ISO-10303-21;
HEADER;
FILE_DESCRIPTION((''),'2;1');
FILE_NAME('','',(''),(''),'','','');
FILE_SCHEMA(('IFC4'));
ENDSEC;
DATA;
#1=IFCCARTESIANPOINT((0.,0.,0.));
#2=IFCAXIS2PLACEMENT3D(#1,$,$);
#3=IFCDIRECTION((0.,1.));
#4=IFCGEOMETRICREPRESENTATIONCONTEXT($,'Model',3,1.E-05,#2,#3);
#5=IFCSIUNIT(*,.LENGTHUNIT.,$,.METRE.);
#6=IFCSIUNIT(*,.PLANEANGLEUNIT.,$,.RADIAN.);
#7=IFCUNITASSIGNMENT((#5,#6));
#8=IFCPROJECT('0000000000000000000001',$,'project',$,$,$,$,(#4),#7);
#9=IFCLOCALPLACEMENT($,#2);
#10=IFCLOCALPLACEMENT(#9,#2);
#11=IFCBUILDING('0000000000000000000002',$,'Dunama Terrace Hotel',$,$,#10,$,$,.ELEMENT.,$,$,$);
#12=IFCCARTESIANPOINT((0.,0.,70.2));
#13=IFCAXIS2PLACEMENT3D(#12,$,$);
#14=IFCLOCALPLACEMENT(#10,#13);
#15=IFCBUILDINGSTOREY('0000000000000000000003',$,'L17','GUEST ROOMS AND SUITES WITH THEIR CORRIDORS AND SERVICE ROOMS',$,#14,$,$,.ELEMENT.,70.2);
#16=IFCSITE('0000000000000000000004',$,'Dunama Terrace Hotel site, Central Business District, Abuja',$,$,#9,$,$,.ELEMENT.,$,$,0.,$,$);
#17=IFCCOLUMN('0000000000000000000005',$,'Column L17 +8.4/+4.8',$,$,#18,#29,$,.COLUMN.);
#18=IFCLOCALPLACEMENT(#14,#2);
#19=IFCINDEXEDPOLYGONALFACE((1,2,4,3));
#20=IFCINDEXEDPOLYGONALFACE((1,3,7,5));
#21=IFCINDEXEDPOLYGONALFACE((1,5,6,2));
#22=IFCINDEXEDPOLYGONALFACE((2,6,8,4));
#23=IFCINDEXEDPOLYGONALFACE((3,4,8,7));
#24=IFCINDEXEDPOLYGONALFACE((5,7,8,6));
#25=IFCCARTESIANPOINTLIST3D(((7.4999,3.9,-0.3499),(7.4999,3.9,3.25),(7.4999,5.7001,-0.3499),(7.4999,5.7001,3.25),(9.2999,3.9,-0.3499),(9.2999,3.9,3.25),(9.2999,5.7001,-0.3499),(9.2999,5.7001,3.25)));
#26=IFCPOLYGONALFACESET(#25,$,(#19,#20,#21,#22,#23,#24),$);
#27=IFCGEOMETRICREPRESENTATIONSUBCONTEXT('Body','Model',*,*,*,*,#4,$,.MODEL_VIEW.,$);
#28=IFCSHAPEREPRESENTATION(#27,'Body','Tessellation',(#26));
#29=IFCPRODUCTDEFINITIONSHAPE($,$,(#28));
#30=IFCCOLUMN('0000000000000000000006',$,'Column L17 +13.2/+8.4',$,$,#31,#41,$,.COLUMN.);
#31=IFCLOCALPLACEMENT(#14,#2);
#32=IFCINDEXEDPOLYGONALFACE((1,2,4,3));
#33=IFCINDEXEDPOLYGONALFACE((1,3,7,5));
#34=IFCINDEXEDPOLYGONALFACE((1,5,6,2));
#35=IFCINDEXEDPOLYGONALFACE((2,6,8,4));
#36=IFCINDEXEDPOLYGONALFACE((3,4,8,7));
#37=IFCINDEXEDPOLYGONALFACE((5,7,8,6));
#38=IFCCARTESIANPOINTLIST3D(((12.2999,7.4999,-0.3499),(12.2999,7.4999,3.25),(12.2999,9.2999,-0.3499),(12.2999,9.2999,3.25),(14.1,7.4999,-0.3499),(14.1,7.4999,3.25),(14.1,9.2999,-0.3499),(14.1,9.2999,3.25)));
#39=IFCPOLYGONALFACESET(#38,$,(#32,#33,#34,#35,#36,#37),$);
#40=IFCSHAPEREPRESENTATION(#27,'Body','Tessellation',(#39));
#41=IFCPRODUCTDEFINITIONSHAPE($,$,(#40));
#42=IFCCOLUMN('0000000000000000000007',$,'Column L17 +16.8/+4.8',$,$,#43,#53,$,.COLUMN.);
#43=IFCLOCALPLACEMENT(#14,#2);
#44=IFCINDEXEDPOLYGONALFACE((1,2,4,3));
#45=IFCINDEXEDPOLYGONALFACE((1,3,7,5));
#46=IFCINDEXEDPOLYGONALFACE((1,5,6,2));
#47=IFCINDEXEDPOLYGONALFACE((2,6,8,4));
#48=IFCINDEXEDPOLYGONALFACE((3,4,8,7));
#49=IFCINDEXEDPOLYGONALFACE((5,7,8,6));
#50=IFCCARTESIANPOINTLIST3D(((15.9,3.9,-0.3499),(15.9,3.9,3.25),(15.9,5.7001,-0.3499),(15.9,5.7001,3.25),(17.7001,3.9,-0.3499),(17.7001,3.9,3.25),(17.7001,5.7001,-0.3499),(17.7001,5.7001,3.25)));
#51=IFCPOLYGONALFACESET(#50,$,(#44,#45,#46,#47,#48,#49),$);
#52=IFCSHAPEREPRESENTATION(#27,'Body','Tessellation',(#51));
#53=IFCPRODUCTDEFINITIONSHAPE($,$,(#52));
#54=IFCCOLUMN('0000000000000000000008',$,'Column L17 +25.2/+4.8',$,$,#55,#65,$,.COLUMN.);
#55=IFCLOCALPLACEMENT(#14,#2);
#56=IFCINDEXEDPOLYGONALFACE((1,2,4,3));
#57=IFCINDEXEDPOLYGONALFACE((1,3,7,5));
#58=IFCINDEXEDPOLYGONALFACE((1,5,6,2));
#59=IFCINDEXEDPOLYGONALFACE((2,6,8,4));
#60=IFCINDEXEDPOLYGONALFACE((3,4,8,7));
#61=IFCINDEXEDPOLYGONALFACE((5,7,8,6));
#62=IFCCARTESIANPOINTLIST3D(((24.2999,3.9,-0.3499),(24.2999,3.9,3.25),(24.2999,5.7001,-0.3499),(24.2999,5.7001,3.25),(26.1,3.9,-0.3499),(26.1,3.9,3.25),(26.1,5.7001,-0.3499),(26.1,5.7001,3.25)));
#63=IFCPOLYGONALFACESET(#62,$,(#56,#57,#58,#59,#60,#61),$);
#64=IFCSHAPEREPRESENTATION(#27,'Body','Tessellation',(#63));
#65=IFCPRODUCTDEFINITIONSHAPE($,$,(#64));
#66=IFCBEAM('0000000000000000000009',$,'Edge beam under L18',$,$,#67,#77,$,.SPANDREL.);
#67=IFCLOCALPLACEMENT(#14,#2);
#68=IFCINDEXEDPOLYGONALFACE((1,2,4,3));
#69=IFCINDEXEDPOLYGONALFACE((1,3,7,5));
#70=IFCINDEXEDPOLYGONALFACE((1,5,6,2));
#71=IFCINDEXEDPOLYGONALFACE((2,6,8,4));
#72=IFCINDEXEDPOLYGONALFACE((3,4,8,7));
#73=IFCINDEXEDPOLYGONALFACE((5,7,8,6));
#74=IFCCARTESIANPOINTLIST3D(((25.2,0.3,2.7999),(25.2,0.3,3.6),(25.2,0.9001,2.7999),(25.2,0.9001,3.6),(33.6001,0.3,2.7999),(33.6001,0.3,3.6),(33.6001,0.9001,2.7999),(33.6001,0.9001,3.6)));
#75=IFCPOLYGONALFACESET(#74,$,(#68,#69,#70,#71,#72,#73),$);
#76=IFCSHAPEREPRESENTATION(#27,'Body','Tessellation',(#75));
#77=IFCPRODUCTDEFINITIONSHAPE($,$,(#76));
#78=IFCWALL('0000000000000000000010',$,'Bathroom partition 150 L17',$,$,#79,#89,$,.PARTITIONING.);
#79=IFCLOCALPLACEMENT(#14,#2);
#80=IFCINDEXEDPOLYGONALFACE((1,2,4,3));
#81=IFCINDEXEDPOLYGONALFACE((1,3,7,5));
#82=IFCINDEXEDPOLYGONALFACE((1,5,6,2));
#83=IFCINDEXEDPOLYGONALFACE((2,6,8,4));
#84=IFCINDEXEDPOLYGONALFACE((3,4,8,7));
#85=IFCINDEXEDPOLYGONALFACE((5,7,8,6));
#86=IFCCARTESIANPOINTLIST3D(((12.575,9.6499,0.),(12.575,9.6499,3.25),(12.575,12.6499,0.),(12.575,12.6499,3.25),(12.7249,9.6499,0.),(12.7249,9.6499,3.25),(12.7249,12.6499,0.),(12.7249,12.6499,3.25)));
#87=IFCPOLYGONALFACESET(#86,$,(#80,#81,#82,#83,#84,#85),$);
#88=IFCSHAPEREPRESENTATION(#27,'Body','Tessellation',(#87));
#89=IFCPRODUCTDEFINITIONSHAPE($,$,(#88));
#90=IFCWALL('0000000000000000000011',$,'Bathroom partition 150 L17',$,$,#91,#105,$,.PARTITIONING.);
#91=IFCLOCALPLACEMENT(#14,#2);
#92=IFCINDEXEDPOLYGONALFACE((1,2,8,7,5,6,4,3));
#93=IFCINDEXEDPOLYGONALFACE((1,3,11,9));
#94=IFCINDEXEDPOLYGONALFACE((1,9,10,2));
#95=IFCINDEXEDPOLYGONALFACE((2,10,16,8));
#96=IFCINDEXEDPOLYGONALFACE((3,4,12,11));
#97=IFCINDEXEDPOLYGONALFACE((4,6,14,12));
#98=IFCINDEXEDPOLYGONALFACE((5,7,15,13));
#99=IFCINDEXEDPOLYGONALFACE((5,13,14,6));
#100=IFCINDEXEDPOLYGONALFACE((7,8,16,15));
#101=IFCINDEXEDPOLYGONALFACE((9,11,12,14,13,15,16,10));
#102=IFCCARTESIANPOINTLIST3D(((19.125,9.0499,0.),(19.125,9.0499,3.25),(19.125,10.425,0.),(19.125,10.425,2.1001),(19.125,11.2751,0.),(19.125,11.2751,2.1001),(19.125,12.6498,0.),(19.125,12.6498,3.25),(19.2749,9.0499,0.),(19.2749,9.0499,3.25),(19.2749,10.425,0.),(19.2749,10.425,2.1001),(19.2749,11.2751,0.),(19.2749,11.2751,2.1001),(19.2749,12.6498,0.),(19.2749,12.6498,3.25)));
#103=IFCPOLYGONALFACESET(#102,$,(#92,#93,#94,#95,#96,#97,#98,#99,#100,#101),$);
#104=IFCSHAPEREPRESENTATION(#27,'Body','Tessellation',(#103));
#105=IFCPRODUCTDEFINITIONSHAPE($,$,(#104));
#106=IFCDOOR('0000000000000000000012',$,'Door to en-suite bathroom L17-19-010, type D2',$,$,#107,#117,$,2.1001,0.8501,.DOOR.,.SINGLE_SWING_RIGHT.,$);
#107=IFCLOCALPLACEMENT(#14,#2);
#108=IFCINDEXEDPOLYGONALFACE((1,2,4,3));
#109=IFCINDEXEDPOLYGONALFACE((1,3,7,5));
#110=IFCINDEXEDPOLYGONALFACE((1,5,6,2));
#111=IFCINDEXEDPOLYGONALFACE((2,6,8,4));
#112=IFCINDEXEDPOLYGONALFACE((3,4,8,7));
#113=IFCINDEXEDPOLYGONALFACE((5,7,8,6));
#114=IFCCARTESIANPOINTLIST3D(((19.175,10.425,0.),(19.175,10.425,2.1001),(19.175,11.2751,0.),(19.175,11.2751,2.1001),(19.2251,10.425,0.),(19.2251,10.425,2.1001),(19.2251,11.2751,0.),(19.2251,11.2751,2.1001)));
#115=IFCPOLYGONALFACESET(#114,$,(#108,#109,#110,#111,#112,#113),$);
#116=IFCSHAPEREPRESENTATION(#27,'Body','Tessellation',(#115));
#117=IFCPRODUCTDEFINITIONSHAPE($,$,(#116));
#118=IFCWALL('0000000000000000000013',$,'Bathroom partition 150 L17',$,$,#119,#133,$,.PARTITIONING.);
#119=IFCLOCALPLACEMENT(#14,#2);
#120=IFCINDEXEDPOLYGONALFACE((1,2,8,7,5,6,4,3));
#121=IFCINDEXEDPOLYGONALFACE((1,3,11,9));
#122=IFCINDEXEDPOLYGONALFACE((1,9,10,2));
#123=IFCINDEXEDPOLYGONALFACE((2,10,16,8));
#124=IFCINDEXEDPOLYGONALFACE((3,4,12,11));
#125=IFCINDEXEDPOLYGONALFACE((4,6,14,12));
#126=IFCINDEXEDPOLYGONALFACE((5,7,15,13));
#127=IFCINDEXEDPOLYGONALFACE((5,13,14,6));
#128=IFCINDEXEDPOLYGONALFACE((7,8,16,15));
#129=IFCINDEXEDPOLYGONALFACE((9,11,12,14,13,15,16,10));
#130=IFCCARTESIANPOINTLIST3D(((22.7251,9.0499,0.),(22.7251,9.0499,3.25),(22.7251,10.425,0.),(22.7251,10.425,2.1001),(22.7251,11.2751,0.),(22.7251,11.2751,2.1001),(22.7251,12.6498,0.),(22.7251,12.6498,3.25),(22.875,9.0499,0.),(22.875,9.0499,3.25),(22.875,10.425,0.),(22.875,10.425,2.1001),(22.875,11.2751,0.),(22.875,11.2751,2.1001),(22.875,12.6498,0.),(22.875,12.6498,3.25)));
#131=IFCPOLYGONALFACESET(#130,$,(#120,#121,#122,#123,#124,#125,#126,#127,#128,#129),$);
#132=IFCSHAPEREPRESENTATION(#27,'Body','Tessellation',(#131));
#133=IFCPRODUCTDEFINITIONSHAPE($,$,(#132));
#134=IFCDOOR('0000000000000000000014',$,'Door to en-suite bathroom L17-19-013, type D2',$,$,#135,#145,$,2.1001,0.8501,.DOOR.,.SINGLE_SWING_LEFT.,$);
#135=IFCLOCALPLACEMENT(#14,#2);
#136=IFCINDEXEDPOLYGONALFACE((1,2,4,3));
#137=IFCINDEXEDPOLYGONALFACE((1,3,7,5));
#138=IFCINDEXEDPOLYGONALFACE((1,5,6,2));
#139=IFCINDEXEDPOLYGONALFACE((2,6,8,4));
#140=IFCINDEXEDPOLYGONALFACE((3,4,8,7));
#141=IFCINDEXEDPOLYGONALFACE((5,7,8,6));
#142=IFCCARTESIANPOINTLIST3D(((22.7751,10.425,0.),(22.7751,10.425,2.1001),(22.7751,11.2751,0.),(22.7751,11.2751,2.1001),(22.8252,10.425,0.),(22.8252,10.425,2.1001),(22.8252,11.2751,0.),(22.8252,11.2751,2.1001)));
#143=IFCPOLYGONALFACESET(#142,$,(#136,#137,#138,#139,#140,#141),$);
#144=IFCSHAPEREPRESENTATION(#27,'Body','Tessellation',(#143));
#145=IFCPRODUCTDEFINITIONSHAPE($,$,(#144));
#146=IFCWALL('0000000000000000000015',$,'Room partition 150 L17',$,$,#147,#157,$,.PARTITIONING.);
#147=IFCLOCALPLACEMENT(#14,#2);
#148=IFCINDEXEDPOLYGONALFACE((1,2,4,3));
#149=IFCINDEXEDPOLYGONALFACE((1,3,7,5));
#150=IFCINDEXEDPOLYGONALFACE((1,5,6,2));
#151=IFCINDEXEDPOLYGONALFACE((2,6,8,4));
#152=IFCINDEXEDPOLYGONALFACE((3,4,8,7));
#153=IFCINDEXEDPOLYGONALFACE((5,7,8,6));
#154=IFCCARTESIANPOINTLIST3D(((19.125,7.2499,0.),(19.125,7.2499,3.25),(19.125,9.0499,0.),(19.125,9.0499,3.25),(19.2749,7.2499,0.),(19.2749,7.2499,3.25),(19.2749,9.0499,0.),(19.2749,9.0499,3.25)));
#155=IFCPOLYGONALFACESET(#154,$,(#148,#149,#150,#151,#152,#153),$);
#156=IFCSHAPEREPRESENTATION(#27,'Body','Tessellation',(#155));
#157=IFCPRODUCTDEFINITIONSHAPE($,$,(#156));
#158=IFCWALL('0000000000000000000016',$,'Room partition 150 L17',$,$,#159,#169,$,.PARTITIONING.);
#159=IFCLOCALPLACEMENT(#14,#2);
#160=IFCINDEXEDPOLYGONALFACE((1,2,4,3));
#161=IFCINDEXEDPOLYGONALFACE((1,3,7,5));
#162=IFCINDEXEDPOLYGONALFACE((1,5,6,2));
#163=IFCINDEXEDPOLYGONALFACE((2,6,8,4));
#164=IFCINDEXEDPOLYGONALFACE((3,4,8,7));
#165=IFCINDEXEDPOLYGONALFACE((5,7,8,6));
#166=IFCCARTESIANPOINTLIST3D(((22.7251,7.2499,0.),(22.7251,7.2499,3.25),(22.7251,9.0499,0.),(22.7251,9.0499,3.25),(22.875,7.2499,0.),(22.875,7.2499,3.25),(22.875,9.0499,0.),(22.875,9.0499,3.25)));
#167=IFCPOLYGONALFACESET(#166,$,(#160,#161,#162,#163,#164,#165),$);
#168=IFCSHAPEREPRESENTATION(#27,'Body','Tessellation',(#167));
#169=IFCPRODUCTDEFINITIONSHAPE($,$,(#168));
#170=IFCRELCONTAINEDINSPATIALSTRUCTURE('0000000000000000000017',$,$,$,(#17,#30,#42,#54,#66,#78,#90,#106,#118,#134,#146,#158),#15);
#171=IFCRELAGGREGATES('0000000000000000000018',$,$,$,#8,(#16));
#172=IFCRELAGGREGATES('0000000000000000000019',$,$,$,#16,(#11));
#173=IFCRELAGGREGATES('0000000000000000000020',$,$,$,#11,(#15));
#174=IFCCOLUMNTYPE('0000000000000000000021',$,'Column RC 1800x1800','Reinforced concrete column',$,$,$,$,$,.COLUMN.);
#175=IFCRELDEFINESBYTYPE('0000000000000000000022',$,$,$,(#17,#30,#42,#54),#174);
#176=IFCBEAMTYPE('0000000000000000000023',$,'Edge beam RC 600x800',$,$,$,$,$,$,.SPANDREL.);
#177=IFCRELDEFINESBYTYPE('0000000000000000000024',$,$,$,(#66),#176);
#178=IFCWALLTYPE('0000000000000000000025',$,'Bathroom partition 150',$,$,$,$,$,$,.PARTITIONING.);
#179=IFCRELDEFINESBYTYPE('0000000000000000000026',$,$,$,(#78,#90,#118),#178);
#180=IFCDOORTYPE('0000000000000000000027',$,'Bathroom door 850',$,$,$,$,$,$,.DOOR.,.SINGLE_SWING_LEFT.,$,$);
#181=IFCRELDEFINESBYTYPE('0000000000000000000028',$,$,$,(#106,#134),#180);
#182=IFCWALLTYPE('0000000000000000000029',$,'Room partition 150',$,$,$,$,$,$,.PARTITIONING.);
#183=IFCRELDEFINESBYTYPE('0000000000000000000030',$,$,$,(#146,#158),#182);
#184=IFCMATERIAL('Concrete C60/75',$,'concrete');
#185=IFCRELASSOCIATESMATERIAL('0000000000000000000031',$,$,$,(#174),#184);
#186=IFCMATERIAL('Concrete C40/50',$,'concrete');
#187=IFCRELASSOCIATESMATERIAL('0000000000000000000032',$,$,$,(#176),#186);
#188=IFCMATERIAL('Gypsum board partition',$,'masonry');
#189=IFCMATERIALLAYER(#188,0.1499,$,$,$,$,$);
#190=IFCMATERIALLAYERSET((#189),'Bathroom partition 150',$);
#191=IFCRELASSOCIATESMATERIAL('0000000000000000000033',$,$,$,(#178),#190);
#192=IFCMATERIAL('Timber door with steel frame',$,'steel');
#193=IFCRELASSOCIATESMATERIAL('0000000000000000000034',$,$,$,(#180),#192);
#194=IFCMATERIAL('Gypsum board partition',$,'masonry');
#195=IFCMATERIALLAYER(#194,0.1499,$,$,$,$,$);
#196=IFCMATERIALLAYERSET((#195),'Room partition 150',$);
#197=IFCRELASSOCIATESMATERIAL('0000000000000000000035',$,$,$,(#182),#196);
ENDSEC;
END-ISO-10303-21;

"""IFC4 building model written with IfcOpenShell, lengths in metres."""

from ifc_helpers import new_model, si_unit, direction, frame, frame_2d, origin, origin_2d, place, context, subcontext, project, spatial, rectangle, extrude, material, layer, layer_set, material_profile, profile_set, type_object, element, fill, save


model = new_model("IFC4")

# Units and contexts
model_context = context("Model", 3, precision=1e-05, world=origin(), true_north=direction((0.0, 1.0)))
body_context = subcontext(model_context, "Body", "Model", "MODEL_VIEW")
ifc_project = project(units=[si_unit("LENGTHUNIT", "METRE"), si_unit("PLANEANGLEUNIT", "RADIAN")], contexts=[model_context])

# Site, building, storey
site_placement = place(None, origin())
site = spatial("IfcSite", under=ifc_project, at=site_placement, Name="Dunama Terrace Hotel site, Central Business District, Abuja", CompositionType="ELEMENT", RefElevation=0.0)
building_placement = place(site_placement, origin())
building = spatial("IfcBuilding", under=site, at=building_placement, Name="Dunama Terrace Hotel", CompositionType="ELEMENT")
storey_placement = place(building_placement, frame((0.0, 0.0, 70.2)))
storey = spatial("IfcBuildingStorey", under=building, at=storey_placement, Name="L17", Description="GUEST ROOMS AND SUITES WITH THEIR CORRIDORS AND SERVICE ROOMS", CompositionType="ELEMENT", Elevation=70.2)

# Columns
ifc_material_1 = material(Name="Concrete C60/75", Category="concrete")
ifc_material_profile_1 = material_profile(ifc_material_1, rectangle(XDim=1.8, YDim=1.8, at=origin_2d()), Name="RC 1800x1800")
ifc_profile_set_1 = profile_set([ifc_material_profile_1], Name="Concrete C60/75")
column_type = type_object("IfcColumnType", Name="Column RC 1800x1800", Description="Reinforced concrete column", PredefinedType="COLUMN", material=ifc_profile_set_1)
for number, where, z_axis, x_axis, name in (
    (1, (8.3999, 4.8, -0.3499), (0.0, 0.0, 1.0), (1.0, 0.0, 0.0), "Column L17 +8.4/+4.8"),
    (2, (13.2, 8.3999, -0.3499), (0.0, 0.0, 1.0), (1.0, 0.0, 0.0), "Column L17 +13.2/+8.4"),
    (3, (16.8, 4.8, -0.3499), (0.0, 0.0, 1.0), (1.0, 0.0, 0.0), "Column L17 +16.8/+4.8"),
    (4, (25.2, 4.8, -0.3499), (0.0, 0.0, 1.0), (1.0, 0.0, 0.0), "Column L17 +25.2/+4.8"),
):
    element("IfcColumn", number, at=place(storey_placement, frame(where, z_axis=z_axis, x_axis=x_axis)), inside=storey, type_object=column_type, Name=name, PredefinedType="COLUMN", context=body_context, shape_type="SweptSolid", body=[
        extrude(rectangle(XDim=1.8, YDim=1.8, at=origin_2d()), origin(), (0.0, 0.0, 1.0), 3.5999),
    ])

# Beam
ifc_material_2 = material(Name="Concrete C40/50", Category="concrete")
ifc_material_profile_2 = material_profile(ifc_material_2, rectangle(XDim=0.6001, YDim=0.8, at=origin_2d()), Name="RC 600x800")
ifc_profile_set_2 = profile_set([ifc_material_profile_2], Name="Concrete C40/50")
beam_type = type_object("IfcBeamType", Name="Edge beam RC 600x800", PredefinedType="SPANDREL", material=ifc_profile_set_2)
beam_placement = place(storey_placement, frame((25.2, 0.6001, 3.2), z_axis=(1.0, 0.0, 0.0), x_axis=(0.0, 1.0, 0.0)))
element("IfcBeam", 5, at=beam_placement, inside=storey, type_object=beam_type, Name="Edge beam under L18", PredefinedType="SPANDREL", context=body_context, shape_type="SweptSolid", body=[
    extrude(rectangle(XDim=0.6001, YDim=0.8, at=origin_2d()), origin(), (0.0, 0.0, 1.0), 8.4001),
])

# Wall
ifc_material_3 = material(Name="Gypsum board partition", Category="masonry")
ifc_layer_1 = layer(ifc_material_3, 0.1499)
ifc_layer_set_1 = layer_set([ifc_layer_1], Name="Bathroom partition 150")
wall_type_1 = type_object("IfcWallType", Name="Bathroom partition 150", PredefinedType="PARTITIONING", material=ifc_layer_set_1)
wall_1_placement = place(storey_placement, frame((12.6499, 9.6499, 0.0), z_axis=(0.0, 0.0, 1.0), x_axis=(0.0, 1.0, 0.0)))
element("IfcWall", 6, at=wall_1_placement, inside=storey, type_object=wall_type_1, Name="Bathroom partition 150 L17", PredefinedType="PARTITIONING", context=body_context, shape_type="SweptSolid", body=[
    extrude(rectangle(XDim=3.0, YDim=0.1499, at=frame_2d((1.5, 0.0))), origin(), (0.0, 0.0, 1.0), 3.25),
])

# Walls, openings, doors
wall_2_placement = place(storey_placement, frame((19.2, 9.05, 0.0), z_axis=(0.0, 0.0, 1.0), x_axis=(0.0, 1.0, 0.0)))
wall_2 = element("IfcWall", 7, at=wall_2_placement, inside=storey, type_object=wall_type_1, Name="Bathroom partition 150 L17", PredefinedType="PARTITIONING", context=body_context, shape_type="SweptSolid", body=[
    extrude(rectangle(XDim=3.5999, YDim=0.1499, at=frame_2d((1.7998, 0.0))), origin(), (0.0, 0.0, 1.0), 3.25),
])
opening_1_placement = place(wall_2_placement, frame((1.375, 0.0, 0.0)))
opening_1 = element("IfcOpeningElement", 8, at=opening_1_placement, cuts=wall_2, PredefinedType="OPENING", context=body_context, shape_type="SweptSolid", body=[
    extrude(rectangle(XDim=0.8501, YDim=2.1001, at=frame_2d((0.425, 1.05))), frame((0.0, 0.085, 0.0), z_axis=(0.0, -1.0, 0.0), x_axis=(1.0, 0.0, 0.0)), (0.0, 0.0, 1.0), 0.1699),
])
ifc_material_4 = material(Name="Timber door with steel frame", Category="steel")
door_type_1 = type_object("IfcDoorType", Name="Bathroom door 850", OperationType="SINGLE_SWING_LEFT", PredefinedType="DOOR", material=ifc_material_4)
door_1_placement = place(opening_1_placement, origin())
door_1 = element("IfcDoor", 9, at=door_1_placement, inside=storey, type_object=door_type_1, Name="Door to en-suite bathroom L17-19-010, type D2", OperationType="SINGLE_SWING_RIGHT", OverallHeight=2.1001, OverallWidth=0.8501, PredefinedType="DOOR", context=body_context, shape_type="SweptSolid", body=[
    extrude(rectangle(XDim=0.8501, YDim=2.1001, at=frame_2d((0.425, 1.05))), frame((0.0, 0.0249, 0.0), z_axis=(0.0, -1.0, 0.0), x_axis=(1.0, 0.0, 0.0)), (0.0, 0.0, 1.0), 0.05),
])
fill(opening_1, door_1)
wall_3_placement = place(storey_placement, frame((22.8, 9.05, 0.0), z_axis=(0.0, 0.0, 1.0), x_axis=(0.0, 1.0, 0.0)))
wall_3 = element("IfcWall", 10, at=wall_3_placement, inside=storey, type_object=wall_type_1, Name="Bathroom partition 150 L17", PredefinedType="PARTITIONING", context=body_context, shape_type="SweptSolid", body=[
    extrude(rectangle(XDim=3.5999, YDim=0.1499, at=frame_2d((1.7998, 0.0))), origin(), (0.0, 0.0, 1.0), 3.25),
])
opening_2_placement = place(wall_3_placement, frame((1.375, 0.0, 0.0)))
opening_2 = element("IfcOpeningElement", 11, at=opening_2_placement, cuts=wall_3, PredefinedType="OPENING", context=body_context, shape_type="SweptSolid", body=[
    extrude(rectangle(XDim=0.8501, YDim=2.1001, at=frame_2d((0.425, 1.05))), frame((0.0, 0.085, 0.0), z_axis=(0.0, -1.0, 0.0), x_axis=(1.0, 0.0, 0.0)), (0.0, 0.0, 1.0), 0.1699),
])
door_2_placement = place(opening_2_placement, frame((0.8501, 0.0, 0.0), z_axis=(0.0, 0.0, 1.0), x_axis=(-1.0, 0.0, 0.0)))
door_2 = element("IfcDoor", 12, at=door_2_placement, inside=storey, type_object=door_type_1, Name="Door to en-suite bathroom L17-19-013, type D2", OperationType="SINGLE_SWING_LEFT", OverallHeight=2.1001, OverallWidth=0.8501, PredefinedType="DOOR", context=body_context, shape_type="SweptSolid", body=[
    extrude(rectangle(XDim=0.8501, YDim=2.1001, at=frame_2d((0.425, 1.05))), frame((0.0, 0.0251, 0.0), z_axis=(0.0, -1.0, 0.0), x_axis=(1.0, 0.0, 0.0)), (0.0, 0.0, 1.0), 0.05),
])
fill(opening_2, door_2)

# Walls
ifc_material_5 = material(Name="Gypsum board partition", Category="masonry")
ifc_layer_2 = layer(ifc_material_5, 0.1499)
ifc_layer_set_2 = layer_set([ifc_layer_2], Name="Room partition 150")
wall_type_2 = type_object("IfcWallType", Name="Room partition 150", PredefinedType="PARTITIONING", material=ifc_layer_set_2)
for number, where, z_axis, x_axis, name in (
    (13, (19.2, 7.25, 0.0), (0.0, 0.0, 1.0), (0.0, 1.0, 0.0), "Room partition 150 L17"),
    (14, (22.8, 7.25, 0.0), (0.0, 0.0, 1.0), (0.0, 1.0, 0.0), "Room partition 150 L17"),
):
    element("IfcWall", number, at=place(storey_placement, frame(where, z_axis=z_axis, x_axis=x_axis)), inside=storey, type_object=wall_type_2, Name=name, PredefinedType="PARTITIONING", context=body_context, shape_type="SweptSolid", body=[
        extrude(rectangle(XDim=1.8, YDim=0.1499, at=frame_2d((0.8999, 0.0))), origin(), (0.0, 0.0, 1.0), 3.25),
    ])

save(model, "model.ifc")
